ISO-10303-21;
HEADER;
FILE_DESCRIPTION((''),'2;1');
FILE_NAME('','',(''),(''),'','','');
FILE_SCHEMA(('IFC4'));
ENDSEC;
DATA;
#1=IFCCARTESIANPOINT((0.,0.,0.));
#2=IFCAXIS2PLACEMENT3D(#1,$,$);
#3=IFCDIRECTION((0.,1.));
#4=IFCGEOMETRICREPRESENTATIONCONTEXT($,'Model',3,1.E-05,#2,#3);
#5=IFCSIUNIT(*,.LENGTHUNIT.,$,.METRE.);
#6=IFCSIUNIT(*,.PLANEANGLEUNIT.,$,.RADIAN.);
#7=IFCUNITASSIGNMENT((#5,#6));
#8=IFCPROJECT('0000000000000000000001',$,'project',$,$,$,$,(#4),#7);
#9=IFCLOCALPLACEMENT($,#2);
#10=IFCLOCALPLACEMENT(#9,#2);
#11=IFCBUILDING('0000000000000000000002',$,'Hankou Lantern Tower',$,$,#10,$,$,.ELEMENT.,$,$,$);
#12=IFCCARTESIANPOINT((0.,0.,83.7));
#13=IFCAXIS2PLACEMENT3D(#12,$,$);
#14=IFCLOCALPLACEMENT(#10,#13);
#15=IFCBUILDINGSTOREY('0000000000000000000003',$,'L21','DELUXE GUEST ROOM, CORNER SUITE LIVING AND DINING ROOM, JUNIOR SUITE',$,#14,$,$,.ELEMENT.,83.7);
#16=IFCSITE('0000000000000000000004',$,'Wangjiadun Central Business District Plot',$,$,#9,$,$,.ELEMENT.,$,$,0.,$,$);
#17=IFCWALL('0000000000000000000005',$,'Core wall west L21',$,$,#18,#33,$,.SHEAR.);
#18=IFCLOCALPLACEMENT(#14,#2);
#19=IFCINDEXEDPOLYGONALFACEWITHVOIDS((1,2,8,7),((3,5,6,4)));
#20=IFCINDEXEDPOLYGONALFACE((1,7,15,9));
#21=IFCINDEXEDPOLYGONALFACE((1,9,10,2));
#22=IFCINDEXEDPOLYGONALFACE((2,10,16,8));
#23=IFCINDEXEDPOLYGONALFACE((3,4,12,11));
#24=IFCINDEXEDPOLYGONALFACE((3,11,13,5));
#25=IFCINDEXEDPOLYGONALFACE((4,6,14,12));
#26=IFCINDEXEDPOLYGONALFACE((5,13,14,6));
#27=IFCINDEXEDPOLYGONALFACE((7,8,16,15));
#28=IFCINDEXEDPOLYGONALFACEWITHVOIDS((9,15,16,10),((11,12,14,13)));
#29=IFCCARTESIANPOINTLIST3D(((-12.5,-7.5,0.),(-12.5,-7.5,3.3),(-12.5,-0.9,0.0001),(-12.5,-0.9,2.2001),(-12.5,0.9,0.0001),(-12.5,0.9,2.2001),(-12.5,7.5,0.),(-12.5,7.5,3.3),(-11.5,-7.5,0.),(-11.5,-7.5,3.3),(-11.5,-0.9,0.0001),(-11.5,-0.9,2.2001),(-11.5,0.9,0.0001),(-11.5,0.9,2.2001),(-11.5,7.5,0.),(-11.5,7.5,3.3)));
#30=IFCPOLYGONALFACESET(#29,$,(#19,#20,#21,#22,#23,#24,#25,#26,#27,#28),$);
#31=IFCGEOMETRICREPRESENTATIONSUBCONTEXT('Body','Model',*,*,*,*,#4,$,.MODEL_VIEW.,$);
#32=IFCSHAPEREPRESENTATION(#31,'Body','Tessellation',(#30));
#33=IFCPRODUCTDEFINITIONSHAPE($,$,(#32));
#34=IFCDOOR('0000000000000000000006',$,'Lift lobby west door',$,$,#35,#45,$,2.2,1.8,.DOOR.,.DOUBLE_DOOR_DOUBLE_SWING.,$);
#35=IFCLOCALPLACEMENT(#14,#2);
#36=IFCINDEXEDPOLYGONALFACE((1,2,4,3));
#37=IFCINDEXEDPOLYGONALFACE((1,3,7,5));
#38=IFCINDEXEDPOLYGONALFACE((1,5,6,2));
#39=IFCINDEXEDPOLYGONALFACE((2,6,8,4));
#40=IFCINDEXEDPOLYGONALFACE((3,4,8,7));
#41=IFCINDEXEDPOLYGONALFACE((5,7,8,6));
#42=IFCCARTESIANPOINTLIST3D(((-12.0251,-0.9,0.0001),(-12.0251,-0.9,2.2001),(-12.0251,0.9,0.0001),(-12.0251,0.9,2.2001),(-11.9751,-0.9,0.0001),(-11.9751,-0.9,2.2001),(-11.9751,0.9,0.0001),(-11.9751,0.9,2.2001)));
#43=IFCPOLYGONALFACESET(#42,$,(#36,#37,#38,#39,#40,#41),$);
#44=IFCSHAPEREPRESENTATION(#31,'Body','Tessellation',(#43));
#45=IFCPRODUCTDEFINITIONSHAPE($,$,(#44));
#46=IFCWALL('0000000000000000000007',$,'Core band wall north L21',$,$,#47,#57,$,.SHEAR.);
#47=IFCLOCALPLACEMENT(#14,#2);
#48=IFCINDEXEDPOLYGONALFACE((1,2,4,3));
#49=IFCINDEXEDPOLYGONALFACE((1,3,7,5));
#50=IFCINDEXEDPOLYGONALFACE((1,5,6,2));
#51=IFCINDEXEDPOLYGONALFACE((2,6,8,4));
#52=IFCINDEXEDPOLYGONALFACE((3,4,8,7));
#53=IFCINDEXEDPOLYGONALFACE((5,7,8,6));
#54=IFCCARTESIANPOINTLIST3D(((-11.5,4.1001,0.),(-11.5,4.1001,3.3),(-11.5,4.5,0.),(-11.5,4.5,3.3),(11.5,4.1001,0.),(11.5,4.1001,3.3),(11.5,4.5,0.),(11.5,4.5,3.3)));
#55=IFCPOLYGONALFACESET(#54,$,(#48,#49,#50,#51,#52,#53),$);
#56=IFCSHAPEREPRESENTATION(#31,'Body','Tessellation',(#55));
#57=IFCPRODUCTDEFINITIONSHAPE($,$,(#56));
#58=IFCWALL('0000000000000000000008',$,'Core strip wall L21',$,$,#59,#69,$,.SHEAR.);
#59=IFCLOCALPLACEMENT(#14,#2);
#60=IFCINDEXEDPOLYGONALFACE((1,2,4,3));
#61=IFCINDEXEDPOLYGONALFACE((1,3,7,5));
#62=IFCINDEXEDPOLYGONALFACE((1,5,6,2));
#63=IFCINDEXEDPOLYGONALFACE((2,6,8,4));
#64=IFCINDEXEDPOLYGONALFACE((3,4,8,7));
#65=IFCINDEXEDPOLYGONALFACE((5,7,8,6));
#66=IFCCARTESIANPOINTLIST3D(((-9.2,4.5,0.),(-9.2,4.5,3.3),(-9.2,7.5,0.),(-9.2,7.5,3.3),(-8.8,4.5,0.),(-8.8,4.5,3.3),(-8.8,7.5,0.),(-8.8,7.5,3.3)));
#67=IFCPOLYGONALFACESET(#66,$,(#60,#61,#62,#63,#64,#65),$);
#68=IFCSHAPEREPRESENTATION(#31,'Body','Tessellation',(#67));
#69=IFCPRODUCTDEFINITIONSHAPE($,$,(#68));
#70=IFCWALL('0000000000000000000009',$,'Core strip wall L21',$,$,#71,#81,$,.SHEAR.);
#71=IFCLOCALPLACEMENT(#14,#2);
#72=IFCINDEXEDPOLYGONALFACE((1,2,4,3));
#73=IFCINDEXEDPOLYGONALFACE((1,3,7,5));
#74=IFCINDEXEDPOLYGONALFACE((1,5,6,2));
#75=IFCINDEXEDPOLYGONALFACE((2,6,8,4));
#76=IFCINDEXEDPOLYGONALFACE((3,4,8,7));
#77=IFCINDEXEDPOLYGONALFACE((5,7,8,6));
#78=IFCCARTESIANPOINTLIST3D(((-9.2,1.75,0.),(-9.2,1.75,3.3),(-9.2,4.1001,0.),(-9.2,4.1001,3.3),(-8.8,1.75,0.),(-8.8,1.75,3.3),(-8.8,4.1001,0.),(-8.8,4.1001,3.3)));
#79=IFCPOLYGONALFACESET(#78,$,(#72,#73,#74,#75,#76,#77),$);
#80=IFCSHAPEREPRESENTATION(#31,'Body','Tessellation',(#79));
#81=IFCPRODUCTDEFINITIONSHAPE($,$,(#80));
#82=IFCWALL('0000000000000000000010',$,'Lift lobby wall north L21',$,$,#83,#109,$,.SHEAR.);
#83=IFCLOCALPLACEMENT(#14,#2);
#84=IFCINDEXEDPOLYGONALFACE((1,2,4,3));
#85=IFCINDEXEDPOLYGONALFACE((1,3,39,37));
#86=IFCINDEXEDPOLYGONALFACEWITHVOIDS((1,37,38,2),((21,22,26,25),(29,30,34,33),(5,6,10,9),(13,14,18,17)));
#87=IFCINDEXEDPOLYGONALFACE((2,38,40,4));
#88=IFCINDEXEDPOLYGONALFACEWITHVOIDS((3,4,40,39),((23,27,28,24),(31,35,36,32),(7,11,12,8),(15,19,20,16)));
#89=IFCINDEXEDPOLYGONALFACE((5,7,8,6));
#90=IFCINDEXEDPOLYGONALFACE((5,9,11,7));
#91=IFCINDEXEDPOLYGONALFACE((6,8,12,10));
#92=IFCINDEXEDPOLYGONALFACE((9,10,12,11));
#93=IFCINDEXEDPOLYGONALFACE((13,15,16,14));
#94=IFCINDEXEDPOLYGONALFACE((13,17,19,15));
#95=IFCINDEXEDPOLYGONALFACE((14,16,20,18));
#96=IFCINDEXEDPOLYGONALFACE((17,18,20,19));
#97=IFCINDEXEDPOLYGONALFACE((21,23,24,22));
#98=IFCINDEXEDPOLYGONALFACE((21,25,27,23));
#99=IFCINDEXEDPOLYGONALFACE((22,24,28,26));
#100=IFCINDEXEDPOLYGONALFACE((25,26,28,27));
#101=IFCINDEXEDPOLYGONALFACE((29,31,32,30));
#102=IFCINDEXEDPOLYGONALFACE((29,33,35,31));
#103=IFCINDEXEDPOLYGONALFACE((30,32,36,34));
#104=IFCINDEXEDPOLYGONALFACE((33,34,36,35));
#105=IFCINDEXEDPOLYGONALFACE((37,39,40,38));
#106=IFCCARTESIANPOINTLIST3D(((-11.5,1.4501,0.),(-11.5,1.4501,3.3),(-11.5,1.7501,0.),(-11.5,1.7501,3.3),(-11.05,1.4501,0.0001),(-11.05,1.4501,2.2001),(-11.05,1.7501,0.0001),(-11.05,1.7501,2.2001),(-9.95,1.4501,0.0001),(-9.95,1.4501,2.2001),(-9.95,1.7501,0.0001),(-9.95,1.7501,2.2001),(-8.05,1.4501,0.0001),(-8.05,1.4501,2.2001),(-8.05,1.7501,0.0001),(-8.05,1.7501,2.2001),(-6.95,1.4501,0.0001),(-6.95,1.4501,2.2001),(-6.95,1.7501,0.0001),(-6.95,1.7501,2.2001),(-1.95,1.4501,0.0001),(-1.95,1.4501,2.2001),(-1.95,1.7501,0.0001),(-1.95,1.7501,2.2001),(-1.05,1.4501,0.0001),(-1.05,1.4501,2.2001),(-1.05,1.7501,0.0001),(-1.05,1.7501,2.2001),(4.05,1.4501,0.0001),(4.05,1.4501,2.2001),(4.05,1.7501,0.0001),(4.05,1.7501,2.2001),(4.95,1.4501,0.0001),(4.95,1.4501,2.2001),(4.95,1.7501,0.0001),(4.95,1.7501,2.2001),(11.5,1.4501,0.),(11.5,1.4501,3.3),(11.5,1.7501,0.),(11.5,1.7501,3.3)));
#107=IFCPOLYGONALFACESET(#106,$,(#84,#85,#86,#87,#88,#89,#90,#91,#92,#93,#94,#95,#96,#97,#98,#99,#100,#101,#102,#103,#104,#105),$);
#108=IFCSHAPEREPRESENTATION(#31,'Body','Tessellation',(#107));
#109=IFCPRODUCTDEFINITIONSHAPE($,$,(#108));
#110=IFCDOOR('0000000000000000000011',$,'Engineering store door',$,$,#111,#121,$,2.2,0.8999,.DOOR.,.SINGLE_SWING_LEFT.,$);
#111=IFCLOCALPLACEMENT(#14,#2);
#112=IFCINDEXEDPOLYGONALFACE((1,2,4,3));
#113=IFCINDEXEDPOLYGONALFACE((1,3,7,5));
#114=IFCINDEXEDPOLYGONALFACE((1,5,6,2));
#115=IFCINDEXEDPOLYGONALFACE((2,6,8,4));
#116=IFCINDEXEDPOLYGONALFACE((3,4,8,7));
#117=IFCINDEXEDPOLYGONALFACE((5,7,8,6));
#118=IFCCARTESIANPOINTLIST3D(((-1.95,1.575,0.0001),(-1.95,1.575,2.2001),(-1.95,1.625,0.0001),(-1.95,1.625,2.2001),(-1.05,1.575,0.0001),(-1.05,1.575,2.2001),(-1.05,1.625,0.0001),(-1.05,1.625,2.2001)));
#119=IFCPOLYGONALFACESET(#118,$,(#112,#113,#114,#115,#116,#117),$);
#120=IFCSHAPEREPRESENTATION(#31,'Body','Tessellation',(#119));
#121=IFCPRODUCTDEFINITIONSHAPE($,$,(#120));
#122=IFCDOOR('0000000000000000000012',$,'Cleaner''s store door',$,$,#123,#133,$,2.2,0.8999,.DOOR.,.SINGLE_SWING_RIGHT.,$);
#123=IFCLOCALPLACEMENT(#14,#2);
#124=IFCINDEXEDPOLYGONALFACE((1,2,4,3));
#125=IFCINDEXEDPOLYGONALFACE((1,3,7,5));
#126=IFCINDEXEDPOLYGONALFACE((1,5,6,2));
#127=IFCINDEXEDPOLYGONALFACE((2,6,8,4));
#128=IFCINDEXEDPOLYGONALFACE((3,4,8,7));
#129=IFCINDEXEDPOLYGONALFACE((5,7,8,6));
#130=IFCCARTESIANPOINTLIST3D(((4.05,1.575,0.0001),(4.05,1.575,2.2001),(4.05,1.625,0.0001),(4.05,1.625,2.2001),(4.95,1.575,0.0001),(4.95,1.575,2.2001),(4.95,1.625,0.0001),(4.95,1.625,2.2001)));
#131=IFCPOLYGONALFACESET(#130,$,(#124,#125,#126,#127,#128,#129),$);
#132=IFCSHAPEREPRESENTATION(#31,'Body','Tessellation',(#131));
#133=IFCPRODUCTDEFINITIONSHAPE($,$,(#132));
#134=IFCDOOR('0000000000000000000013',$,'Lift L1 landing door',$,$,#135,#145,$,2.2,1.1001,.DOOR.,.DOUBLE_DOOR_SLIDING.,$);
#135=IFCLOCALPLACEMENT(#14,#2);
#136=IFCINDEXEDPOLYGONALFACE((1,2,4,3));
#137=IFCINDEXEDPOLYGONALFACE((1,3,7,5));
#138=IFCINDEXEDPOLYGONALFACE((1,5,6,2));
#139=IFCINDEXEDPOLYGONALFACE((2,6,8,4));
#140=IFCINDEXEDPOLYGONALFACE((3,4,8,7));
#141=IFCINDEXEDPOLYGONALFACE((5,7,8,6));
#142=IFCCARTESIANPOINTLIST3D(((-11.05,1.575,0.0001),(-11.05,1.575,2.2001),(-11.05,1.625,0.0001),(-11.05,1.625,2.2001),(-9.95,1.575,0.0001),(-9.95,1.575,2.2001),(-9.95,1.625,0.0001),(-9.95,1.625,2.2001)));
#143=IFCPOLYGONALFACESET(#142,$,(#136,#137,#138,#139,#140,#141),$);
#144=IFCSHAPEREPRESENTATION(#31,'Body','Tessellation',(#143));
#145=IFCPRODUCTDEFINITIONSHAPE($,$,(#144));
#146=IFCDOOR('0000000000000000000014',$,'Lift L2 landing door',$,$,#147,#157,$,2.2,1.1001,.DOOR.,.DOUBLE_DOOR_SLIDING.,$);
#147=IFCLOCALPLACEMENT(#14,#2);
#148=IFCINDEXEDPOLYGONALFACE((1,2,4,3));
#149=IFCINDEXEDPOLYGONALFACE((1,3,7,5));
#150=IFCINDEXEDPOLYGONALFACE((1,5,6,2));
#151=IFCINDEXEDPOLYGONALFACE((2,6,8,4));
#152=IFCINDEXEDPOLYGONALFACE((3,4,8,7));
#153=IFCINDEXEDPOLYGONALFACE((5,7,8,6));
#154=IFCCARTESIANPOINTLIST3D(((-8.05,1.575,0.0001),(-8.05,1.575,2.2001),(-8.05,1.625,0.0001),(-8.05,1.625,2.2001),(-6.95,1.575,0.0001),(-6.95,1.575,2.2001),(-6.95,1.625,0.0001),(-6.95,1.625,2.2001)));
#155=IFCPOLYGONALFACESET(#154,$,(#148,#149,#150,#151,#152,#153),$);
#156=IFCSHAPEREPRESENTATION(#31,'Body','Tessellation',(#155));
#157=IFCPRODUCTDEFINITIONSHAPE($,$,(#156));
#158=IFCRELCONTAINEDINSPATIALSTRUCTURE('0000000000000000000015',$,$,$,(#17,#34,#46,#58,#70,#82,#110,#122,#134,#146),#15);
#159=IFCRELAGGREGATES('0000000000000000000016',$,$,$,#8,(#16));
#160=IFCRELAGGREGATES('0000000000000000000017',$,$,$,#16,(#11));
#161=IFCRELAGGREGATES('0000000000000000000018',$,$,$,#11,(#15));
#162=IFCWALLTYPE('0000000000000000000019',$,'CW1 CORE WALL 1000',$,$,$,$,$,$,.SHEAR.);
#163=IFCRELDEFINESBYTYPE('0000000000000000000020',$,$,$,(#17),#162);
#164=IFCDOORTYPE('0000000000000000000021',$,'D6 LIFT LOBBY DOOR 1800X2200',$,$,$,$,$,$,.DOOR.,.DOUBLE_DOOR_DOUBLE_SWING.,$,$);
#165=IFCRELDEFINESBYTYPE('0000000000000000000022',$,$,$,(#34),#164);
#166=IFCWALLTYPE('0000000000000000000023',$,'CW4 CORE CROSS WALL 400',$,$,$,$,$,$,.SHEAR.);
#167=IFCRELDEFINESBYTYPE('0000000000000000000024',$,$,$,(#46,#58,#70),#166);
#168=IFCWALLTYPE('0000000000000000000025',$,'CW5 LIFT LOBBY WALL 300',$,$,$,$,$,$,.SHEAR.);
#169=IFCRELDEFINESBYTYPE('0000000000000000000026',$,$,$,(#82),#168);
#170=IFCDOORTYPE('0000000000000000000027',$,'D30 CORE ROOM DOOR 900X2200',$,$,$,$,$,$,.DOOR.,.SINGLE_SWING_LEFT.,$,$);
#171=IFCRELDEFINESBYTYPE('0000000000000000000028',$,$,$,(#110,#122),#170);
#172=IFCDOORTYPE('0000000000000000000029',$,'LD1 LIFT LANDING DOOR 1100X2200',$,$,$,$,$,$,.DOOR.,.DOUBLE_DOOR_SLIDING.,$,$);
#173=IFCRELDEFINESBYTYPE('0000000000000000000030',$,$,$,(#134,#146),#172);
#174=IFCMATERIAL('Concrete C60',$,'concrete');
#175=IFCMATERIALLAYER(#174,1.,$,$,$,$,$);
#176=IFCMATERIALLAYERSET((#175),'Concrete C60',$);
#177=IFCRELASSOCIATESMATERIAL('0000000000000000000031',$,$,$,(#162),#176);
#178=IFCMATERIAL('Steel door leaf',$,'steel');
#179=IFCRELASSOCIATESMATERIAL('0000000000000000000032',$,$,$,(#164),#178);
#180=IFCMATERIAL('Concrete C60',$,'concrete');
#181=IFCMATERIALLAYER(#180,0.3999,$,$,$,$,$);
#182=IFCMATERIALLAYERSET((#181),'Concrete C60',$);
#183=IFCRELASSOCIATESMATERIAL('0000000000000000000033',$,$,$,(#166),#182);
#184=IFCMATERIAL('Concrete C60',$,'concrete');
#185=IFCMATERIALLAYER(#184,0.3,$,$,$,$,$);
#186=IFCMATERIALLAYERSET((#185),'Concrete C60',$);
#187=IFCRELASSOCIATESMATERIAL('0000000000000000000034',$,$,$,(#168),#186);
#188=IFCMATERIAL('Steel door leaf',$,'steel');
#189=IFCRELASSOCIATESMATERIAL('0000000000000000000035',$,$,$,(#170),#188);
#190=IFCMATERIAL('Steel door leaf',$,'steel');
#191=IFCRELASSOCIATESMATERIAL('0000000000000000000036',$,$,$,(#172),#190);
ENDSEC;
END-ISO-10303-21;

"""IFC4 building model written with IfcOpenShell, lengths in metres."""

from ifc_helpers import new_model, si_unit, direction, frame, frame_2d, origin, place, context, subcontext, project, spatial, rectangle, extrude, material, layer, layer_set, type_object, element, fill, save


model = new_model("IFC4")

# Units and contexts
model_context = context("Model", 3, precision=1e-05, world=origin(), true_north=direction((0.0, 1.0)))
body_context = subcontext(model_context, "Body", "Model", "MODEL_VIEW")
ifc_project = project(units=[si_unit("LENGTHUNIT", "METRE"), si_unit("PLANEANGLEUNIT", "RADIAN")], contexts=[model_context])

# Site, building, storey
site_placement = place(None, origin())
site = spatial("IfcSite", under=ifc_project, at=site_placement, Name="Wangjiadun Central Business District Plot", CompositionType="ELEMENT", RefElevation=0.0)
building_placement = place(site_placement, origin())
building = spatial("IfcBuilding", under=site, at=building_placement, Name="Hankou Lantern Tower", CompositionType="ELEMENT")
storey_placement = place(building_placement, frame((0.0, 0.0, 83.7)))
storey = spatial("IfcBuildingStorey", under=building, at=storey_placement, Name="L21", Description="DELUXE GUEST ROOM, CORNER SUITE LIVING AND DINING ROOM, JUNIOR SUITE", CompositionType="ELEMENT", Elevation=83.7)

# Shared definitions
ifc_material_1 = material(Name="Concrete C60", Category="concrete")
ifc_layer_1 = layer(ifc_material_1, 1.0)
ifc_layer_set_1 = layer_set([ifc_layer_1], Name="Concrete C60")
wall_type_1 = type_object("IfcWallType", Name="CW1 CORE WALL 1000", PredefinedType="SHEAR", material=ifc_layer_set_1)

# Wall, opening, door
wall_1_placement = place(storey_placement, frame((-12.0, 7.5, 0.0), z_axis=(0.0, 0.0, 1.0), x_axis=(0.0, -1.0, 0.0)))
wall_1 = element("IfcWall", 1, at=wall_1_placement, inside=storey, type_object=wall_type_1, Name="Core wall west L21", PredefinedType="SHEAR", context=body_context, shape_type="SweptSolid", body=[
    extrude(rectangle(XDim=15.0, YDim=1.0, at=frame_2d((7.5, 0.0))), origin(), (0.0, 0.0, 1.0), 3.3),
])
opening_1_placement = place(wall_1_placement, frame((6.6001, 0.0, 0.0)))
opening_1 = element("IfcOpeningElement", 2, at=opening_1_placement, cuts=wall_1, PredefinedType="OPENING", context=body_context, shape_type="SweptSolid", body=[
    extrude(rectangle(XDim=1.8, YDim=2.2, at=frame_2d((0.8999, 1.1001))), frame((0.0, 0.51, 0.0), z_axis=(0.0, -1.0, 0.0), x_axis=(1.0, 0.0, 0.0)), (0.0, 0.0, 1.0), 1.02),
])
ifc_material_2 = material(Name="Steel door leaf", Category="steel")
door_type_1 = type_object("IfcDoorType", Name="D6 LIFT LOBBY DOOR 1800X2200", OperationType="DOUBLE_DOOR_DOUBLE_SWING", PredefinedType="DOOR", material=ifc_material_2)
door_1_placement = place(opening_1_placement, origin())
door_1 = element("IfcDoor", 3, at=door_1_placement, inside=storey, type_object=door_type_1, Name="Lift lobby west door", OperationType="DOUBLE_DOOR_DOUBLE_SWING", OverallHeight=2.2, OverallWidth=1.8, PredefinedType="DOOR", context=body_context, shape_type="SweptSolid", body=[
    extrude(rectangle(XDim=1.8, YDim=2.2, at=frame_2d((0.8999, 1.1001))), frame((0.0, 0.0249, 0.0), z_axis=(0.0, -1.0, 0.0), x_axis=(1.0, 0.0, 0.0)), (0.0, 0.0, 1.0), 0.05),
])
fill(opening_1, door_1)

# Walls
ifc_material_3 = material(Name="Concrete C60", Category="concrete")
ifc_layer_2 = layer(ifc_material_3, 0.3999)
ifc_layer_set_2 = layer_set([ifc_layer_2], Name="Concrete C60")
wall_type_2 = type_object("IfcWallType", Name="CW4 CORE CROSS WALL 400", PredefinedType="SHEAR", material=ifc_layer_set_2)
wall_2_placement = place(storey_placement, frame((-11.5, 4.3, 0.0), z_axis=(0.0, 0.0, 1.0), x_axis=(1.0, 0.0, 0.0)))
element("IfcWall", 4, at=wall_2_placement, inside=storey, type_object=wall_type_2, Name="Core band wall north L21", PredefinedType="SHEAR", context=body_context, shape_type="SweptSolid", body=[
    extrude(rectangle(XDim=23.0, YDim=0.3999, at=frame_2d((11.5, 0.0))), origin(), (0.0, 0.0, 1.0), 3.3),
])
wall_3_placement = place(storey_placement, frame((-9.0, 4.5, 0.0), z_axis=(0.0, 0.0, 1.0), x_axis=(0.0, 1.0, 0.0)))
element("IfcWall", 5, at=wall_3_placement, inside=storey, type_object=wall_type_2, Name="Core strip wall L21", PredefinedType="SHEAR", context=body_context, shape_type="SweptSolid", body=[
    extrude(rectangle(XDim=3.0, YDim=0.3999, at=frame_2d((1.5, 0.0))), origin(), (0.0, 0.0, 1.0), 3.3),
])
wall_4_placement = place(storey_placement, frame((-9.0, 1.75, 0.0), z_axis=(0.0, 0.0, 1.0), x_axis=(0.0, 1.0, 0.0)))
element("IfcWall", 6, at=wall_4_placement, inside=storey, type_object=wall_type_2, Name="Core strip wall L21", PredefinedType="SHEAR", context=body_context, shape_type="SweptSolid", body=[
    extrude(rectangle(XDim=2.3501, YDim=0.3999, at=frame_2d((1.175, 0.0))), origin(), (0.0, 0.0, 1.0), 3.3),
])

# Wall, openings, doors
ifc_material_4 = material(Name="Concrete C60", Category="concrete")
ifc_layer_3 = layer(ifc_material_4, 0.3)
ifc_layer_set_3 = layer_set([ifc_layer_3], Name="Concrete C60")
wall_type_3 = type_object("IfcWallType", Name="CW5 LIFT LOBBY WALL 300", PredefinedType="SHEAR", material=ifc_layer_set_3)
wall_5_placement = place(storey_placement, frame((-11.5, 1.6001, 0.0), z_axis=(0.0, 0.0, 1.0), x_axis=(1.0, 0.0, 0.0)))
wall_5 = element("IfcWall", 7, at=wall_5_placement, inside=storey, type_object=wall_type_3, Name="Lift lobby wall north L21", PredefinedType="SHEAR", context=body_context, shape_type="SweptSolid", body=[
    extrude(rectangle(XDim=23.0, YDim=0.3, at=frame_2d((11.5, 0.0))), origin(), (0.0, 0.0, 1.0), 3.3),
])
opening_2_placement = place(wall_5_placement, frame((0.45, 0.0, 0.0)))
opening_2 = element("IfcOpeningElement", 8, at=opening_2_placement, cuts=wall_5, PredefinedType="OPENING", context=body_context, shape_type="SweptSolid", body=[
    extrude(rectangle(XDim=1.1001, YDim=2.2, at=frame_2d((0.55, 1.1001))), frame((0.0, 0.1599, 0.0), z_axis=(0.0, -1.0, 0.0), x_axis=(1.0, 0.0, 0.0)), (0.0, 0.0, 1.0), 0.3201),
])
opening_3_placement = place(wall_5_placement, frame((3.45, 0.0, 0.0)))
opening_3 = element("IfcOpeningElement", 9, at=opening_3_placement, cuts=wall_5, PredefinedType="OPENING", context=body_context, shape_type="SweptSolid", body=[
    extrude(rectangle(XDim=1.1001, YDim=2.2, at=frame_2d((0.55, 1.1001))), frame((0.0, 0.1599, 0.0), z_axis=(0.0, -1.0, 0.0), x_axis=(1.0, 0.0, 0.0)), (0.0, 0.0, 1.0), 0.3201),
])
opening_4_placement = place(wall_5_placement, frame((9.55, 0.0, 0.0)))
opening_4 = element("IfcOpeningElement", 10, at=opening_4_placement, cuts=wall_5, PredefinedType="OPENING", context=body_context, shape_type="SweptSolid", body=[
    extrude(rectangle(XDim=0.8999, YDim=2.2, at=frame_2d((0.45, 1.1001))), frame((0.0, 0.1599, 0.0), z_axis=(0.0, -1.0, 0.0), x_axis=(1.0, 0.0, 0.0)), (0.0, 0.0, 1.0), 0.3201),
])
opening_5_placement = place(wall_5_placement, frame((15.55, 0.0, 0.0)))
opening_5 = element("IfcOpeningElement", 11, at=opening_5_placement, cuts=wall_5, PredefinedType="OPENING", context=body_context, shape_type="SweptSolid", body=[
    extrude(rectangle(XDim=0.8999, YDim=2.2, at=frame_2d((0.45, 1.1001))), frame((0.0, 0.1599, 0.0), z_axis=(0.0, -1.0, 0.0), x_axis=(1.0, 0.0, 0.0)), (0.0, 0.0, 1.0), 0.3201),
])
ifc_material_5 = material(Name="Steel door leaf", Category="steel")
door_type_2 = type_object("IfcDoorType", Name="D30 CORE ROOM DOOR 900X2200", OperationType="SINGLE_SWING_LEFT", PredefinedType="DOOR", material=ifc_material_5)
door_2_placement = place(opening_4_placement, origin())
door_2 = element("IfcDoor", 12, at=door_2_placement, inside=storey, type_object=door_type_2, Name="Engineering store door", OperationType="SINGLE_SWING_LEFT", OverallHeight=2.2, OverallWidth=0.8999, PredefinedType="DOOR", context=body_context, shape_type="SweptSolid", body=[
    extrude(rectangle(XDim=0.8999, YDim=2.2, at=frame_2d((0.45, 1.1001))), frame((0.0, 0.0249, 0.0), z_axis=(0.0, -1.0, 0.0), x_axis=(1.0, 0.0, 0.0)), (0.0, 0.0, 1.0), 0.05),
])
fill(opening_4, door_2)
door_3_placement = place(opening_5_placement, origin())
door_3 = element("IfcDoor", 13, at=door_3_placement, inside=storey, type_object=door_type_2, Name="Cleaner's store door", OperationType="SINGLE_SWING_RIGHT", OverallHeight=2.2, OverallWidth=0.8999, PredefinedType="DOOR", context=body_context, shape_type="SweptSolid", body=[
    extrude(rectangle(XDim=0.8999, YDim=2.2, at=frame_2d((0.45, 1.1001))), frame((0.0, 0.0249, 0.0), z_axis=(0.0, -1.0, 0.0), x_axis=(1.0, 0.0, 0.0)), (0.0, 0.0, 1.0), 0.05),
])
fill(opening_5, door_3)
ifc_material_6 = material(Name="Steel door leaf", Category="steel")
door_type_3 = type_object("IfcDoorType", Name="LD1 LIFT LANDING DOOR 1100X2200", OperationType="DOUBLE_DOOR_SLIDING", PredefinedType="DOOR", material=ifc_material_6)
door_4_placement = place(opening_2_placement, origin())
door_4 = element("IfcDoor", 14, at=door_4_placement, inside=storey, type_object=door_type_3, Name="Lift L1 landing door", OperationType="DOUBLE_DOOR_SLIDING", OverallHeight=2.2, OverallWidth=1.1001, PredefinedType="DOOR", context=body_context, shape_type="SweptSolid", body=[
    extrude(rectangle(XDim=1.1001, YDim=2.2, at=frame_2d((0.55, 1.1001))), frame((0.0, 0.0249, 0.0), z_axis=(0.0, -1.0, 0.0), x_axis=(1.0, 0.0, 0.0)), (0.0, 0.0, 1.0), 0.05),
])
fill(opening_2, door_4)
door_5_placement = place(opening_3_placement, origin())
door_5 = element("IfcDoor", 15, at=door_5_placement, inside=storey, type_object=door_type_3, Name="Lift L2 landing door", OperationType="DOUBLE_DOOR_SLIDING", OverallHeight=2.2, OverallWidth=1.1001, PredefinedType="DOOR", context=body_context, shape_type="SweptSolid", body=[
    extrude(rectangle(XDim=1.1001, YDim=2.2, at=frame_2d((0.55, 1.1001))), frame((0.0, 0.0249, 0.0), z_axis=(0.0, -1.0, 0.0), x_axis=(1.0, 0.0, 0.0)), (0.0, 0.0, 1.0), 0.05),
])
fill(opening_3, door_5)

save(model, "model.ifc")
